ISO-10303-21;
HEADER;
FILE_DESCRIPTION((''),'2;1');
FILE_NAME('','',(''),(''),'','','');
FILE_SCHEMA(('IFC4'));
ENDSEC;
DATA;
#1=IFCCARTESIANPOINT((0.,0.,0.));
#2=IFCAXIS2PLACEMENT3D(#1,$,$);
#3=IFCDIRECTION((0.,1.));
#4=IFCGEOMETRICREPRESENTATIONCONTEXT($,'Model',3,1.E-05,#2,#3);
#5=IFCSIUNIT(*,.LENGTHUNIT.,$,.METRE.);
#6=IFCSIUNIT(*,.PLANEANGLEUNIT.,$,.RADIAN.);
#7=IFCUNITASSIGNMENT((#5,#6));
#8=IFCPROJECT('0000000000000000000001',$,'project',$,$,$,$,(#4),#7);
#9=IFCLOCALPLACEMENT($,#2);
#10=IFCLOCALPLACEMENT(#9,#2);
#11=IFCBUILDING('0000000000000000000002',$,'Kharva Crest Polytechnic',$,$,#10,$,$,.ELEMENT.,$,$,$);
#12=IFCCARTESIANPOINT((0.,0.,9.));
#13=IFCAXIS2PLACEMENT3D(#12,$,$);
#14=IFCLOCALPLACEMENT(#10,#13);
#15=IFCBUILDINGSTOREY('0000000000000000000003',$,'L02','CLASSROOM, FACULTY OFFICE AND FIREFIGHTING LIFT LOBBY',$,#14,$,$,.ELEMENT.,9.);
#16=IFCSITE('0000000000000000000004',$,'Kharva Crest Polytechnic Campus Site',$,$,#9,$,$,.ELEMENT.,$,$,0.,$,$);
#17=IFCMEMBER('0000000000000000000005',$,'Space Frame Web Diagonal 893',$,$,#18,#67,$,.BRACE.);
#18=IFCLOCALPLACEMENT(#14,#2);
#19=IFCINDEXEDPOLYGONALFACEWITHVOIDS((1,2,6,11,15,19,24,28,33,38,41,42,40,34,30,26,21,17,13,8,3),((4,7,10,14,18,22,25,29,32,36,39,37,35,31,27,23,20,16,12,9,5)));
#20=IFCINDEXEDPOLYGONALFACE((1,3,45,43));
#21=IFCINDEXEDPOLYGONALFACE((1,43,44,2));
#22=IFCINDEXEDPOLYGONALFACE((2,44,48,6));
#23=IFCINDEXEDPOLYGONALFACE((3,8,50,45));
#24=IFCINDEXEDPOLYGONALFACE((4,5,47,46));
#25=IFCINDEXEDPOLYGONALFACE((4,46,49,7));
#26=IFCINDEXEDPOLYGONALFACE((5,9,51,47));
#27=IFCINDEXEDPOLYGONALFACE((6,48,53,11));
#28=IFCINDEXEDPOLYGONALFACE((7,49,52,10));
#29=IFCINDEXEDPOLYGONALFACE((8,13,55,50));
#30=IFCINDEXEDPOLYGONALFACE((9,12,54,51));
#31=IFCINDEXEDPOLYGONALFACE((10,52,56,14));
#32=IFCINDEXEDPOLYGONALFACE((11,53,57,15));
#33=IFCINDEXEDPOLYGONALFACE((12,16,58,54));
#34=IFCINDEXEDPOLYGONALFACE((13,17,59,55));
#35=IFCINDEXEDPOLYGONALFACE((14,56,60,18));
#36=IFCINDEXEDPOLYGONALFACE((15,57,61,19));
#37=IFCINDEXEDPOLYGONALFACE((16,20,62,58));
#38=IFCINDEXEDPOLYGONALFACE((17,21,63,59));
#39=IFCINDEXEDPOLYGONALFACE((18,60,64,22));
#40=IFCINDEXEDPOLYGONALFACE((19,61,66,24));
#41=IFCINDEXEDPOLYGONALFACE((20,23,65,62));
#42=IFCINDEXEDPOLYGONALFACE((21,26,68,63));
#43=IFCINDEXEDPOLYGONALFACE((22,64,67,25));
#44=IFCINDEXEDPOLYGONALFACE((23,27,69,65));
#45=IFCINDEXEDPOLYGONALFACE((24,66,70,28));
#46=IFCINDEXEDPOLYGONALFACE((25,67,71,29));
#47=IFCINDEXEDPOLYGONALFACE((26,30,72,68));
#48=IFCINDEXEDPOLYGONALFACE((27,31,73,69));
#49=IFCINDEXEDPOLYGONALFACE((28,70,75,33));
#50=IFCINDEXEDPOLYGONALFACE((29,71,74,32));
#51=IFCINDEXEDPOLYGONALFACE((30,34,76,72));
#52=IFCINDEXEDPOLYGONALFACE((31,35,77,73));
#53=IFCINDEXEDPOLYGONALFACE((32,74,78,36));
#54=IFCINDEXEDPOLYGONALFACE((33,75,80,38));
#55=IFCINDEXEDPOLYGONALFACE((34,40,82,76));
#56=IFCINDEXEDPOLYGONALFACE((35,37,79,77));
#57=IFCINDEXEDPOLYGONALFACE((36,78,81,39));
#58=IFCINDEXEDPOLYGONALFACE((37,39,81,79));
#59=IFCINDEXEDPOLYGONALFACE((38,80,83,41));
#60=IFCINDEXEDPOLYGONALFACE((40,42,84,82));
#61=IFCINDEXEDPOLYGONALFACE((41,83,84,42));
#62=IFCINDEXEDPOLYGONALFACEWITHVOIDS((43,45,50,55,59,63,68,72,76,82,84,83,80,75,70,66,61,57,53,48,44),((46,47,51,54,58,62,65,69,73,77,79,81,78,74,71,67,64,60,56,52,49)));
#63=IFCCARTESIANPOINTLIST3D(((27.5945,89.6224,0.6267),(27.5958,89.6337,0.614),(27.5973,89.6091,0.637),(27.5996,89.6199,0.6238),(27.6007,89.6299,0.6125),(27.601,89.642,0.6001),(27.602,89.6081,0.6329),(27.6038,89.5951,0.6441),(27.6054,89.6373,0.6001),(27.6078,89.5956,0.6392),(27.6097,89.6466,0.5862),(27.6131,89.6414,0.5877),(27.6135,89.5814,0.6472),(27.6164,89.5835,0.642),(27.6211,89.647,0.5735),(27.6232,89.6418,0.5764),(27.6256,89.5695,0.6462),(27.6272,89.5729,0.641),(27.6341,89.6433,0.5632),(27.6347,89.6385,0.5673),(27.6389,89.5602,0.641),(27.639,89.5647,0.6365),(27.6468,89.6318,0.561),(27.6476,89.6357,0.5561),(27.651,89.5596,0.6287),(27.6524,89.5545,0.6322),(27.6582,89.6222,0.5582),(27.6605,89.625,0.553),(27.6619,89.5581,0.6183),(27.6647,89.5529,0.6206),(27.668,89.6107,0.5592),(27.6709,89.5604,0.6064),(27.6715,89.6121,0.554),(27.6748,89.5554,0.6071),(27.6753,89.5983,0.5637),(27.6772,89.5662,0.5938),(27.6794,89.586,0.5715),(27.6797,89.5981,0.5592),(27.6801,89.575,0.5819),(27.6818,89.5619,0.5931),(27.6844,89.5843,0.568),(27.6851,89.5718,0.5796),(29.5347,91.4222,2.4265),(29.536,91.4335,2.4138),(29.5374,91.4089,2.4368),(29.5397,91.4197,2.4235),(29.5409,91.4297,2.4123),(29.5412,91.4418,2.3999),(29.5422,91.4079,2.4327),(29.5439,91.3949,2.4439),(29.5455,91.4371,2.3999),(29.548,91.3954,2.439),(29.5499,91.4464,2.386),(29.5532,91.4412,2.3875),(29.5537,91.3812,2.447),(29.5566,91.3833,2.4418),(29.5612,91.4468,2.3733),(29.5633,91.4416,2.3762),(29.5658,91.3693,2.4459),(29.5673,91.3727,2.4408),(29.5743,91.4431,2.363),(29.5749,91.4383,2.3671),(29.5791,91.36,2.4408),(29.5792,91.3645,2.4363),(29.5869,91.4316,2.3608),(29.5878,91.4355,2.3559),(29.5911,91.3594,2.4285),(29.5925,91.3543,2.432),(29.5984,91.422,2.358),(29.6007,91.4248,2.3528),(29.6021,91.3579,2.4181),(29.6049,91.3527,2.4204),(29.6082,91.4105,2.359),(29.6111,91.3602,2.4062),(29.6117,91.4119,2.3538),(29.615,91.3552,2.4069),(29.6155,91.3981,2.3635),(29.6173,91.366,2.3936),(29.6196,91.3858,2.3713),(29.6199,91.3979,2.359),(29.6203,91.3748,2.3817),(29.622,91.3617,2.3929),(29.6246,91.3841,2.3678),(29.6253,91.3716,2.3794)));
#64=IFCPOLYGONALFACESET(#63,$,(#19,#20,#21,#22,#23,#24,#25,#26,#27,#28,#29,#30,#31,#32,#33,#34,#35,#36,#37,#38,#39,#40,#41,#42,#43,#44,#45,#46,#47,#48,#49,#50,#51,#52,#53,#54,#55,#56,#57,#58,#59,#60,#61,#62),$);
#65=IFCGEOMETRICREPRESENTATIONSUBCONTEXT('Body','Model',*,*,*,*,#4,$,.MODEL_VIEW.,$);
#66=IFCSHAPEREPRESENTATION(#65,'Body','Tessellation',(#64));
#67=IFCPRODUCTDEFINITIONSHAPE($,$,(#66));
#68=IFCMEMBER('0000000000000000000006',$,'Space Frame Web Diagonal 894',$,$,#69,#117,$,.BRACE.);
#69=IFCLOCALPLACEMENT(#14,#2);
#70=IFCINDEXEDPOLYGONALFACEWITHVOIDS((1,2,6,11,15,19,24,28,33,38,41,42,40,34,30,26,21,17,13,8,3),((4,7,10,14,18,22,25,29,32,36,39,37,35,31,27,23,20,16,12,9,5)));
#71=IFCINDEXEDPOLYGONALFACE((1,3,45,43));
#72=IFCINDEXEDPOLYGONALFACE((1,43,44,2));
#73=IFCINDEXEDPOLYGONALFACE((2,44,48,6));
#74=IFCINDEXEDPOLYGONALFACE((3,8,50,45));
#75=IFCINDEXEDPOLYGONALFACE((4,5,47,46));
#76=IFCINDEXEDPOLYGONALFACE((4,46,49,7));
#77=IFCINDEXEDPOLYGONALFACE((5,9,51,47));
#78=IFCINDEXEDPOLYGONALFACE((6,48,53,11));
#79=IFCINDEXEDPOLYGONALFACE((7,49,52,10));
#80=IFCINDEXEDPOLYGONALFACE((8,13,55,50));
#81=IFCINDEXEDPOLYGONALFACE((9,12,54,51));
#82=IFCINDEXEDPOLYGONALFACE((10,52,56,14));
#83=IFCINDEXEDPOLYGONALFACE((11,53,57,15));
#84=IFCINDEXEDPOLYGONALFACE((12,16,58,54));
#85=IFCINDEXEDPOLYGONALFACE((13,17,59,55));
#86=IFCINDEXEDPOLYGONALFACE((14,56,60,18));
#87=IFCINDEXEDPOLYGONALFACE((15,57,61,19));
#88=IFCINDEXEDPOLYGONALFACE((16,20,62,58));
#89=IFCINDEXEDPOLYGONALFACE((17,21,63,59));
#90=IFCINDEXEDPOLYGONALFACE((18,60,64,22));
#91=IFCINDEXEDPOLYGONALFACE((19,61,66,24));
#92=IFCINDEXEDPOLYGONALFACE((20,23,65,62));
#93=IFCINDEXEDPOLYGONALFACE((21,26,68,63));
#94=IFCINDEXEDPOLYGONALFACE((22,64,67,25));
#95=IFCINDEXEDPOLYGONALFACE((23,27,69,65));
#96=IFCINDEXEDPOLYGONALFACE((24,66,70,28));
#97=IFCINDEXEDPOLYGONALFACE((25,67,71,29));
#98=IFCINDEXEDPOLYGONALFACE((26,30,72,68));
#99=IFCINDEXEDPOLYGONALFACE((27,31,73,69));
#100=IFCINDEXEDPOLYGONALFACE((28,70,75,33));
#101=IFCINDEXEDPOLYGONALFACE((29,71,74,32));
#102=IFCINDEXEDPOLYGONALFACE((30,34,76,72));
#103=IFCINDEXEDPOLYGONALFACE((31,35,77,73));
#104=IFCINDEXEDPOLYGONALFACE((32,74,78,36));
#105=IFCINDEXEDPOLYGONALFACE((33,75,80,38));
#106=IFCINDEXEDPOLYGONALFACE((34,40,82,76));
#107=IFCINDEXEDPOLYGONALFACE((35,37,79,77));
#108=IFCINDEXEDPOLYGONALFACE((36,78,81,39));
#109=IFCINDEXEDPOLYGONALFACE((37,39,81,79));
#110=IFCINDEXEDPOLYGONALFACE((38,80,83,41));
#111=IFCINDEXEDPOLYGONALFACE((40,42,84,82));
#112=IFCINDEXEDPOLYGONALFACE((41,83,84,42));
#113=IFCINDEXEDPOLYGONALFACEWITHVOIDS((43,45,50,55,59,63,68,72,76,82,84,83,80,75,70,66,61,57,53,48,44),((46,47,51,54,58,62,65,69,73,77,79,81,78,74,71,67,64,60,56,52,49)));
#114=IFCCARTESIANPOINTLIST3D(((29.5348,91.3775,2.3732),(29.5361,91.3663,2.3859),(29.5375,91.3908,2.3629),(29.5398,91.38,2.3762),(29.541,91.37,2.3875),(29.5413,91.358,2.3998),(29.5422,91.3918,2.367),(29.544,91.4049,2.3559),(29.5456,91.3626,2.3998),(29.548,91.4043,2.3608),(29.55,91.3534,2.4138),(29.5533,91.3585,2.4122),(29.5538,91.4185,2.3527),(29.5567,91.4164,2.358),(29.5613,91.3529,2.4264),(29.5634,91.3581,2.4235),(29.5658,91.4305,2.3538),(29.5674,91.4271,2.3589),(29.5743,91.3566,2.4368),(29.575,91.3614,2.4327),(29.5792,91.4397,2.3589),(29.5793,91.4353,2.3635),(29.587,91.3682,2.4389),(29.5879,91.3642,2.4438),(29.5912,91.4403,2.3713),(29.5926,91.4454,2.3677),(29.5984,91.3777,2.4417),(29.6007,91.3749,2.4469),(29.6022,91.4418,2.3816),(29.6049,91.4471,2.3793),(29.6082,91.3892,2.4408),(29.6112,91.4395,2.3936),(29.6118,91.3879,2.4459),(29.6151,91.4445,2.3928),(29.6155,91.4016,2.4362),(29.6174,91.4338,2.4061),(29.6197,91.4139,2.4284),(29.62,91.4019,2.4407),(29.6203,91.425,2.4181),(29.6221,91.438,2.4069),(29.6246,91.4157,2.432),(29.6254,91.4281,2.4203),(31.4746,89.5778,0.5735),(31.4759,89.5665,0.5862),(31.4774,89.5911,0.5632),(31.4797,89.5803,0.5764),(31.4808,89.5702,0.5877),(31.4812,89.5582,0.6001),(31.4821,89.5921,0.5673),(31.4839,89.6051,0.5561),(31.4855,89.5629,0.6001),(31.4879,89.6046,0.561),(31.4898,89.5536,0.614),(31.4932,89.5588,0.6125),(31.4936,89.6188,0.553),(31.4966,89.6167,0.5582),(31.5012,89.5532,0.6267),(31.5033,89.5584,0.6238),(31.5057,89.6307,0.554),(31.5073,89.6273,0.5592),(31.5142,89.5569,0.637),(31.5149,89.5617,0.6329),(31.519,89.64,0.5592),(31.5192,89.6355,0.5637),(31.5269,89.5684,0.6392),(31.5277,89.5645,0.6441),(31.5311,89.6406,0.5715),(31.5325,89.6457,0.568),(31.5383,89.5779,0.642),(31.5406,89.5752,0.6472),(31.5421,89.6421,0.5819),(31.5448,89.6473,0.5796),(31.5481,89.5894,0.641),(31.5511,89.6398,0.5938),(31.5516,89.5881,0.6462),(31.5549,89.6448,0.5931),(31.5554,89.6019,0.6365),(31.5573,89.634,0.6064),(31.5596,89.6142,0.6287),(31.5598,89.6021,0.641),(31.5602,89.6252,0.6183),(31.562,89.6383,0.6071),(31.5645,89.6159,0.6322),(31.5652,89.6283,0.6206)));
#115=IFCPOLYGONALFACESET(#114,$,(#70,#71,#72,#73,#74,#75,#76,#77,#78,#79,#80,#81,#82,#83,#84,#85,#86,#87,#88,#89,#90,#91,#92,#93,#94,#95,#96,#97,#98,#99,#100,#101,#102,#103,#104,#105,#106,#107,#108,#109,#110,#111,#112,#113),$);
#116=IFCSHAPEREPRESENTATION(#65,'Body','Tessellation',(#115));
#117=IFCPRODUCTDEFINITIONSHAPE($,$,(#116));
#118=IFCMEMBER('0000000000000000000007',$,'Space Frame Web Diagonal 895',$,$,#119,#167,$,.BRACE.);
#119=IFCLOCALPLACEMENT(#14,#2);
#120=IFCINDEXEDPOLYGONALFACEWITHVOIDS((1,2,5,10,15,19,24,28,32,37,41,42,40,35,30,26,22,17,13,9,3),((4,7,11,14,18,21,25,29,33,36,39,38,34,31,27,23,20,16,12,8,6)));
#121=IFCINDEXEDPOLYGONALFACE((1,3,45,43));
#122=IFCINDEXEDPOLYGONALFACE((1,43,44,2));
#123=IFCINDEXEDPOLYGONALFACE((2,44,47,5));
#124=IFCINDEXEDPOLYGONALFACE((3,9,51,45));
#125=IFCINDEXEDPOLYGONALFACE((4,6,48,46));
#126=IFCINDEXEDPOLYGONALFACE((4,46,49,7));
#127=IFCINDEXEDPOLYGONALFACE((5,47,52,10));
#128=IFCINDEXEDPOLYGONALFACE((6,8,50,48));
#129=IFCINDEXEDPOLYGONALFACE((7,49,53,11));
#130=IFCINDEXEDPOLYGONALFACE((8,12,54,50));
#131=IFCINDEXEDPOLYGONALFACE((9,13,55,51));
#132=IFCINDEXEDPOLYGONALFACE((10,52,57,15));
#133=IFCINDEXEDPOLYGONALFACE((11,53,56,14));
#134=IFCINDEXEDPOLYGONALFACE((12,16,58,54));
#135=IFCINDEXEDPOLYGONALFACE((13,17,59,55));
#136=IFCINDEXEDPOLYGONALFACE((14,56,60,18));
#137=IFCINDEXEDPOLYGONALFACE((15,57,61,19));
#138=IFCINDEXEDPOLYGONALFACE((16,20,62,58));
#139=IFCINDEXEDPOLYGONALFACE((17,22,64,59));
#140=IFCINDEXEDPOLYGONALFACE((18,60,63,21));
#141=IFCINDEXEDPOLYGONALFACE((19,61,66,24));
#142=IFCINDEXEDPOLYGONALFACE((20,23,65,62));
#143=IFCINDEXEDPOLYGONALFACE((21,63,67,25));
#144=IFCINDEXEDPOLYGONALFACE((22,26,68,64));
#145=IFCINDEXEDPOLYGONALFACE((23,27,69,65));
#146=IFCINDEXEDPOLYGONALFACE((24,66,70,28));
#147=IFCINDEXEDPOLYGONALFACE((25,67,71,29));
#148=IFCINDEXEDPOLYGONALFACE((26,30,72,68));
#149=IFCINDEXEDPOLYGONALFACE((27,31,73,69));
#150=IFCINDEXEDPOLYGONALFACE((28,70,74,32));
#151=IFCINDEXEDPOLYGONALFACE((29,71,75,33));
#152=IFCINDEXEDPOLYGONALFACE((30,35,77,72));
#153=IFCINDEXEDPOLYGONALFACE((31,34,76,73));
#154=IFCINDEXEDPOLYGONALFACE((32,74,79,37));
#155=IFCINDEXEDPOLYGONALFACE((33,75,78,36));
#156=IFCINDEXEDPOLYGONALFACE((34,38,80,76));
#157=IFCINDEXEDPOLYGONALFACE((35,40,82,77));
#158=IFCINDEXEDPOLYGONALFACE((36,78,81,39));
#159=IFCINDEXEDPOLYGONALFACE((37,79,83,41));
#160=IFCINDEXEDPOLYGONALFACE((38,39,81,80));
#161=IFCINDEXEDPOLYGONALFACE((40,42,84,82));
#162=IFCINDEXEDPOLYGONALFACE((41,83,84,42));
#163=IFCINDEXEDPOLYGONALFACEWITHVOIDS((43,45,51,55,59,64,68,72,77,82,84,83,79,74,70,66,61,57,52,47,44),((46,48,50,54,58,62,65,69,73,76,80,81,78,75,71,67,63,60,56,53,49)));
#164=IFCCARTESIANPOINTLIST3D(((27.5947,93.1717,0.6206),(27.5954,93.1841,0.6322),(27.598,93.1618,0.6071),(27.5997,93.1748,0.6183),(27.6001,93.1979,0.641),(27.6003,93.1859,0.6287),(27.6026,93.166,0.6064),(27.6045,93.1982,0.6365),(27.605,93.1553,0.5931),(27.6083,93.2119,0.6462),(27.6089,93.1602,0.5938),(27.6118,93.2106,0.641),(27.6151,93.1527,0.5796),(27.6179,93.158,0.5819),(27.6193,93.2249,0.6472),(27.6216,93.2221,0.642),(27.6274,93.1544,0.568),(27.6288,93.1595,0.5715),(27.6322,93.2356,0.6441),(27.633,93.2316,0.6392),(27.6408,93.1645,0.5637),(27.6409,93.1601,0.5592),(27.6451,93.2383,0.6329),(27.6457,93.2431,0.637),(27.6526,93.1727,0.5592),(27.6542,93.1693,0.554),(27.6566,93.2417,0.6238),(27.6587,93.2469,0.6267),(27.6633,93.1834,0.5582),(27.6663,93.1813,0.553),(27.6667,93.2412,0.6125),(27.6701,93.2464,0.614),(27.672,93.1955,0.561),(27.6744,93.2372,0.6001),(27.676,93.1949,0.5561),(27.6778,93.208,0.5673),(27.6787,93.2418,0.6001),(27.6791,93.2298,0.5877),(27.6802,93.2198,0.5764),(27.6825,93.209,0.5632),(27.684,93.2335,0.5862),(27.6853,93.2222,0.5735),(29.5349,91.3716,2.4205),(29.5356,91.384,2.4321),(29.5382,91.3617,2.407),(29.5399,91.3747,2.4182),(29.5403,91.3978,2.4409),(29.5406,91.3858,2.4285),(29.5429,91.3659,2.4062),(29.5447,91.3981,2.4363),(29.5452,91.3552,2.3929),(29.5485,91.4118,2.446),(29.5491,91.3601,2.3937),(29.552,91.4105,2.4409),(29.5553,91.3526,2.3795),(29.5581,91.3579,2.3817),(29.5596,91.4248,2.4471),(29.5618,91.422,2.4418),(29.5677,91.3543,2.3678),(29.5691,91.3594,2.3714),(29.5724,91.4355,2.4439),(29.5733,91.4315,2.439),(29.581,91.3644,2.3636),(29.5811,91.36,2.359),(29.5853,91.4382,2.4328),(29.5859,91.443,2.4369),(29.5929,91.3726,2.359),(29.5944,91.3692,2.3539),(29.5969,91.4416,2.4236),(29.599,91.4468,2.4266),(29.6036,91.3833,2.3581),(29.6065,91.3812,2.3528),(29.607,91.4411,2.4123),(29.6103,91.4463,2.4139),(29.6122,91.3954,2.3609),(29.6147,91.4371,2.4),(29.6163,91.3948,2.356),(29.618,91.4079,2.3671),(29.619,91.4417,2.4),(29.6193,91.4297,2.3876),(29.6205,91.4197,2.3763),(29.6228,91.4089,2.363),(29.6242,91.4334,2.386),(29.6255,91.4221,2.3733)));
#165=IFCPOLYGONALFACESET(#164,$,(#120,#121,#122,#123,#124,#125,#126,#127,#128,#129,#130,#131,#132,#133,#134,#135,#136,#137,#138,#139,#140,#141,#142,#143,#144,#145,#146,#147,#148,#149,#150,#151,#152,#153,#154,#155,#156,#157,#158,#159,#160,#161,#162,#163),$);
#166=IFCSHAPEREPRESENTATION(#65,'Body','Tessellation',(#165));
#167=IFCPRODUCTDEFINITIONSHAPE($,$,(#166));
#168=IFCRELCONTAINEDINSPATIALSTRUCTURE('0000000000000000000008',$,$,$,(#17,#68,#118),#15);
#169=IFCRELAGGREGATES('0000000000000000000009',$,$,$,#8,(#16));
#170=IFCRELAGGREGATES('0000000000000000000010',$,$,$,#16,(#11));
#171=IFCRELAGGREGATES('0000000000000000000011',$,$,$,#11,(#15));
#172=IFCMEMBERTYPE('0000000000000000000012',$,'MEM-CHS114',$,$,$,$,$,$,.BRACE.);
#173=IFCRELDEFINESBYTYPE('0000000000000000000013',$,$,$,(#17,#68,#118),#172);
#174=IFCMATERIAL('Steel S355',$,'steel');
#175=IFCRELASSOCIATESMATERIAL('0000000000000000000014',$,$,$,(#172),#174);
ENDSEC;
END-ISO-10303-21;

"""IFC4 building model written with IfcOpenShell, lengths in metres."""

from ifc_helpers import new_model, si_unit, direction, frame, origin, origin_2d, place, context, subcontext, project, spatial, hollow_circle, extrude, material, material_profile, profile_set, type_object, element, save


model = new_model("IFC4")

# Units and contexts
model_context = context("Model", 3, precision=1e-05, world=origin(), true_north=direction((0.0, 1.0)))
body_context = subcontext(model_context, "Body", "Model", "MODEL_VIEW")
ifc_project = project(units=[si_unit("LENGTHUNIT", "METRE"), si_unit("PLANEANGLEUNIT", "RADIAN")], contexts=[model_context])

# Site, building, storey
site_placement = place(None, origin())
site = spatial("IfcSite", under=ifc_project, at=site_placement, Name="Kharva Crest Polytechnic Campus Site", CompositionType="ELEMENT", RefElevation=0.0)
building_placement = place(site_placement, origin())
building = spatial("IfcBuilding", under=site, at=building_placement, Name="Kharva Crest Polytechnic", CompositionType="ELEMENT")
storey_placement = place(building_placement, frame((0.0, 0.0, 9.0)))
storey = spatial("IfcBuildingStorey", under=building, at=storey_placement, Name="L02", Description="CLASSROOM, FACULTY OFFICE AND FIREFIGHTING LIFT LOBBY", CompositionType="ELEMENT", Elevation=9.0)

# Shared definitions
ifc_material_1 = material(Name="Steel S355", Category="steel")

# Members
ifc_material_profile_1 = material_profile(ifc_material_1, hollow_circle(Radius=0.0571, WallThickness=0.0063, at=origin_2d()), Name="CHS 114.3X6.3")
ifc_profile_set_1 = profile_set([ifc_material_profile_1], Name="Steel S355")
member_type_1 = type_object("IfcMemberType", Name="MEM-CHS114", PredefinedType="BRACE", material=ifc_profile_set_1)
for number, where, z_axis, x_axis, name in (
    (1, (27.6399, 89.6001, 0.6001), (0.606222, 0.562359, 0.562359), (-0.680087, 0.733132, 0.0), "Space Frame Web Diagonal 893"),
):
    element("IfcMember", number, at=place(storey_placement, frame(where, z_axis=z_axis, x_axis=x_axis)), inside=storey, type_object=member_type_1, Name=name, PredefinedType="BRACE", context=body_context, shape_type="SweptSolid", body=[
        extrude(hollow_circle(Radius=0.0571, WallThickness=0.0063, at=origin_2d()), origin(), (0.0, 0.0, 1.0), 3.2004),
    ])
member_1_placement = place(storey_placement, frame((31.52, 89.6001, 0.6001), z_axis=(-0.606173, 0.562385, 0.562385), x_axis=(-0.680133, -0.733089, 0.0)))
element("IfcMember", 2, at=member_1_placement, inside=storey, type_object=member_type_1, Name="Space Frame Web Diagonal 894", PredefinedType="BRACE", context=body_context, shape_type="SweptSolid", body=[
    extrude(hollow_circle(Radius=0.0571, WallThickness=0.0063, at=origin_2d()), origin(), (0.0, 0.0, 1.0), 3.2002),
])
member_2_placement = place(storey_placement, frame((27.6399, 93.2, 0.6001), z_axis=(0.606196, -0.562411, 0.562335), x_axis=(0.680136, 0.733086, 0.0)))
element("IfcMember", 3, at=member_2_placement, inside=storey, type_object=member_type_1, Name="Space Frame Web Diagonal 895", PredefinedType="BRACE", context=body_context, shape_type="SweptSolid", body=[
    extrude(hollow_circle(Radius=0.0571, WallThickness=0.0063, at=origin_2d()), origin(), (0.0, 0.0, 1.0), 3.2007),
])

save(model, "model.ifc")
